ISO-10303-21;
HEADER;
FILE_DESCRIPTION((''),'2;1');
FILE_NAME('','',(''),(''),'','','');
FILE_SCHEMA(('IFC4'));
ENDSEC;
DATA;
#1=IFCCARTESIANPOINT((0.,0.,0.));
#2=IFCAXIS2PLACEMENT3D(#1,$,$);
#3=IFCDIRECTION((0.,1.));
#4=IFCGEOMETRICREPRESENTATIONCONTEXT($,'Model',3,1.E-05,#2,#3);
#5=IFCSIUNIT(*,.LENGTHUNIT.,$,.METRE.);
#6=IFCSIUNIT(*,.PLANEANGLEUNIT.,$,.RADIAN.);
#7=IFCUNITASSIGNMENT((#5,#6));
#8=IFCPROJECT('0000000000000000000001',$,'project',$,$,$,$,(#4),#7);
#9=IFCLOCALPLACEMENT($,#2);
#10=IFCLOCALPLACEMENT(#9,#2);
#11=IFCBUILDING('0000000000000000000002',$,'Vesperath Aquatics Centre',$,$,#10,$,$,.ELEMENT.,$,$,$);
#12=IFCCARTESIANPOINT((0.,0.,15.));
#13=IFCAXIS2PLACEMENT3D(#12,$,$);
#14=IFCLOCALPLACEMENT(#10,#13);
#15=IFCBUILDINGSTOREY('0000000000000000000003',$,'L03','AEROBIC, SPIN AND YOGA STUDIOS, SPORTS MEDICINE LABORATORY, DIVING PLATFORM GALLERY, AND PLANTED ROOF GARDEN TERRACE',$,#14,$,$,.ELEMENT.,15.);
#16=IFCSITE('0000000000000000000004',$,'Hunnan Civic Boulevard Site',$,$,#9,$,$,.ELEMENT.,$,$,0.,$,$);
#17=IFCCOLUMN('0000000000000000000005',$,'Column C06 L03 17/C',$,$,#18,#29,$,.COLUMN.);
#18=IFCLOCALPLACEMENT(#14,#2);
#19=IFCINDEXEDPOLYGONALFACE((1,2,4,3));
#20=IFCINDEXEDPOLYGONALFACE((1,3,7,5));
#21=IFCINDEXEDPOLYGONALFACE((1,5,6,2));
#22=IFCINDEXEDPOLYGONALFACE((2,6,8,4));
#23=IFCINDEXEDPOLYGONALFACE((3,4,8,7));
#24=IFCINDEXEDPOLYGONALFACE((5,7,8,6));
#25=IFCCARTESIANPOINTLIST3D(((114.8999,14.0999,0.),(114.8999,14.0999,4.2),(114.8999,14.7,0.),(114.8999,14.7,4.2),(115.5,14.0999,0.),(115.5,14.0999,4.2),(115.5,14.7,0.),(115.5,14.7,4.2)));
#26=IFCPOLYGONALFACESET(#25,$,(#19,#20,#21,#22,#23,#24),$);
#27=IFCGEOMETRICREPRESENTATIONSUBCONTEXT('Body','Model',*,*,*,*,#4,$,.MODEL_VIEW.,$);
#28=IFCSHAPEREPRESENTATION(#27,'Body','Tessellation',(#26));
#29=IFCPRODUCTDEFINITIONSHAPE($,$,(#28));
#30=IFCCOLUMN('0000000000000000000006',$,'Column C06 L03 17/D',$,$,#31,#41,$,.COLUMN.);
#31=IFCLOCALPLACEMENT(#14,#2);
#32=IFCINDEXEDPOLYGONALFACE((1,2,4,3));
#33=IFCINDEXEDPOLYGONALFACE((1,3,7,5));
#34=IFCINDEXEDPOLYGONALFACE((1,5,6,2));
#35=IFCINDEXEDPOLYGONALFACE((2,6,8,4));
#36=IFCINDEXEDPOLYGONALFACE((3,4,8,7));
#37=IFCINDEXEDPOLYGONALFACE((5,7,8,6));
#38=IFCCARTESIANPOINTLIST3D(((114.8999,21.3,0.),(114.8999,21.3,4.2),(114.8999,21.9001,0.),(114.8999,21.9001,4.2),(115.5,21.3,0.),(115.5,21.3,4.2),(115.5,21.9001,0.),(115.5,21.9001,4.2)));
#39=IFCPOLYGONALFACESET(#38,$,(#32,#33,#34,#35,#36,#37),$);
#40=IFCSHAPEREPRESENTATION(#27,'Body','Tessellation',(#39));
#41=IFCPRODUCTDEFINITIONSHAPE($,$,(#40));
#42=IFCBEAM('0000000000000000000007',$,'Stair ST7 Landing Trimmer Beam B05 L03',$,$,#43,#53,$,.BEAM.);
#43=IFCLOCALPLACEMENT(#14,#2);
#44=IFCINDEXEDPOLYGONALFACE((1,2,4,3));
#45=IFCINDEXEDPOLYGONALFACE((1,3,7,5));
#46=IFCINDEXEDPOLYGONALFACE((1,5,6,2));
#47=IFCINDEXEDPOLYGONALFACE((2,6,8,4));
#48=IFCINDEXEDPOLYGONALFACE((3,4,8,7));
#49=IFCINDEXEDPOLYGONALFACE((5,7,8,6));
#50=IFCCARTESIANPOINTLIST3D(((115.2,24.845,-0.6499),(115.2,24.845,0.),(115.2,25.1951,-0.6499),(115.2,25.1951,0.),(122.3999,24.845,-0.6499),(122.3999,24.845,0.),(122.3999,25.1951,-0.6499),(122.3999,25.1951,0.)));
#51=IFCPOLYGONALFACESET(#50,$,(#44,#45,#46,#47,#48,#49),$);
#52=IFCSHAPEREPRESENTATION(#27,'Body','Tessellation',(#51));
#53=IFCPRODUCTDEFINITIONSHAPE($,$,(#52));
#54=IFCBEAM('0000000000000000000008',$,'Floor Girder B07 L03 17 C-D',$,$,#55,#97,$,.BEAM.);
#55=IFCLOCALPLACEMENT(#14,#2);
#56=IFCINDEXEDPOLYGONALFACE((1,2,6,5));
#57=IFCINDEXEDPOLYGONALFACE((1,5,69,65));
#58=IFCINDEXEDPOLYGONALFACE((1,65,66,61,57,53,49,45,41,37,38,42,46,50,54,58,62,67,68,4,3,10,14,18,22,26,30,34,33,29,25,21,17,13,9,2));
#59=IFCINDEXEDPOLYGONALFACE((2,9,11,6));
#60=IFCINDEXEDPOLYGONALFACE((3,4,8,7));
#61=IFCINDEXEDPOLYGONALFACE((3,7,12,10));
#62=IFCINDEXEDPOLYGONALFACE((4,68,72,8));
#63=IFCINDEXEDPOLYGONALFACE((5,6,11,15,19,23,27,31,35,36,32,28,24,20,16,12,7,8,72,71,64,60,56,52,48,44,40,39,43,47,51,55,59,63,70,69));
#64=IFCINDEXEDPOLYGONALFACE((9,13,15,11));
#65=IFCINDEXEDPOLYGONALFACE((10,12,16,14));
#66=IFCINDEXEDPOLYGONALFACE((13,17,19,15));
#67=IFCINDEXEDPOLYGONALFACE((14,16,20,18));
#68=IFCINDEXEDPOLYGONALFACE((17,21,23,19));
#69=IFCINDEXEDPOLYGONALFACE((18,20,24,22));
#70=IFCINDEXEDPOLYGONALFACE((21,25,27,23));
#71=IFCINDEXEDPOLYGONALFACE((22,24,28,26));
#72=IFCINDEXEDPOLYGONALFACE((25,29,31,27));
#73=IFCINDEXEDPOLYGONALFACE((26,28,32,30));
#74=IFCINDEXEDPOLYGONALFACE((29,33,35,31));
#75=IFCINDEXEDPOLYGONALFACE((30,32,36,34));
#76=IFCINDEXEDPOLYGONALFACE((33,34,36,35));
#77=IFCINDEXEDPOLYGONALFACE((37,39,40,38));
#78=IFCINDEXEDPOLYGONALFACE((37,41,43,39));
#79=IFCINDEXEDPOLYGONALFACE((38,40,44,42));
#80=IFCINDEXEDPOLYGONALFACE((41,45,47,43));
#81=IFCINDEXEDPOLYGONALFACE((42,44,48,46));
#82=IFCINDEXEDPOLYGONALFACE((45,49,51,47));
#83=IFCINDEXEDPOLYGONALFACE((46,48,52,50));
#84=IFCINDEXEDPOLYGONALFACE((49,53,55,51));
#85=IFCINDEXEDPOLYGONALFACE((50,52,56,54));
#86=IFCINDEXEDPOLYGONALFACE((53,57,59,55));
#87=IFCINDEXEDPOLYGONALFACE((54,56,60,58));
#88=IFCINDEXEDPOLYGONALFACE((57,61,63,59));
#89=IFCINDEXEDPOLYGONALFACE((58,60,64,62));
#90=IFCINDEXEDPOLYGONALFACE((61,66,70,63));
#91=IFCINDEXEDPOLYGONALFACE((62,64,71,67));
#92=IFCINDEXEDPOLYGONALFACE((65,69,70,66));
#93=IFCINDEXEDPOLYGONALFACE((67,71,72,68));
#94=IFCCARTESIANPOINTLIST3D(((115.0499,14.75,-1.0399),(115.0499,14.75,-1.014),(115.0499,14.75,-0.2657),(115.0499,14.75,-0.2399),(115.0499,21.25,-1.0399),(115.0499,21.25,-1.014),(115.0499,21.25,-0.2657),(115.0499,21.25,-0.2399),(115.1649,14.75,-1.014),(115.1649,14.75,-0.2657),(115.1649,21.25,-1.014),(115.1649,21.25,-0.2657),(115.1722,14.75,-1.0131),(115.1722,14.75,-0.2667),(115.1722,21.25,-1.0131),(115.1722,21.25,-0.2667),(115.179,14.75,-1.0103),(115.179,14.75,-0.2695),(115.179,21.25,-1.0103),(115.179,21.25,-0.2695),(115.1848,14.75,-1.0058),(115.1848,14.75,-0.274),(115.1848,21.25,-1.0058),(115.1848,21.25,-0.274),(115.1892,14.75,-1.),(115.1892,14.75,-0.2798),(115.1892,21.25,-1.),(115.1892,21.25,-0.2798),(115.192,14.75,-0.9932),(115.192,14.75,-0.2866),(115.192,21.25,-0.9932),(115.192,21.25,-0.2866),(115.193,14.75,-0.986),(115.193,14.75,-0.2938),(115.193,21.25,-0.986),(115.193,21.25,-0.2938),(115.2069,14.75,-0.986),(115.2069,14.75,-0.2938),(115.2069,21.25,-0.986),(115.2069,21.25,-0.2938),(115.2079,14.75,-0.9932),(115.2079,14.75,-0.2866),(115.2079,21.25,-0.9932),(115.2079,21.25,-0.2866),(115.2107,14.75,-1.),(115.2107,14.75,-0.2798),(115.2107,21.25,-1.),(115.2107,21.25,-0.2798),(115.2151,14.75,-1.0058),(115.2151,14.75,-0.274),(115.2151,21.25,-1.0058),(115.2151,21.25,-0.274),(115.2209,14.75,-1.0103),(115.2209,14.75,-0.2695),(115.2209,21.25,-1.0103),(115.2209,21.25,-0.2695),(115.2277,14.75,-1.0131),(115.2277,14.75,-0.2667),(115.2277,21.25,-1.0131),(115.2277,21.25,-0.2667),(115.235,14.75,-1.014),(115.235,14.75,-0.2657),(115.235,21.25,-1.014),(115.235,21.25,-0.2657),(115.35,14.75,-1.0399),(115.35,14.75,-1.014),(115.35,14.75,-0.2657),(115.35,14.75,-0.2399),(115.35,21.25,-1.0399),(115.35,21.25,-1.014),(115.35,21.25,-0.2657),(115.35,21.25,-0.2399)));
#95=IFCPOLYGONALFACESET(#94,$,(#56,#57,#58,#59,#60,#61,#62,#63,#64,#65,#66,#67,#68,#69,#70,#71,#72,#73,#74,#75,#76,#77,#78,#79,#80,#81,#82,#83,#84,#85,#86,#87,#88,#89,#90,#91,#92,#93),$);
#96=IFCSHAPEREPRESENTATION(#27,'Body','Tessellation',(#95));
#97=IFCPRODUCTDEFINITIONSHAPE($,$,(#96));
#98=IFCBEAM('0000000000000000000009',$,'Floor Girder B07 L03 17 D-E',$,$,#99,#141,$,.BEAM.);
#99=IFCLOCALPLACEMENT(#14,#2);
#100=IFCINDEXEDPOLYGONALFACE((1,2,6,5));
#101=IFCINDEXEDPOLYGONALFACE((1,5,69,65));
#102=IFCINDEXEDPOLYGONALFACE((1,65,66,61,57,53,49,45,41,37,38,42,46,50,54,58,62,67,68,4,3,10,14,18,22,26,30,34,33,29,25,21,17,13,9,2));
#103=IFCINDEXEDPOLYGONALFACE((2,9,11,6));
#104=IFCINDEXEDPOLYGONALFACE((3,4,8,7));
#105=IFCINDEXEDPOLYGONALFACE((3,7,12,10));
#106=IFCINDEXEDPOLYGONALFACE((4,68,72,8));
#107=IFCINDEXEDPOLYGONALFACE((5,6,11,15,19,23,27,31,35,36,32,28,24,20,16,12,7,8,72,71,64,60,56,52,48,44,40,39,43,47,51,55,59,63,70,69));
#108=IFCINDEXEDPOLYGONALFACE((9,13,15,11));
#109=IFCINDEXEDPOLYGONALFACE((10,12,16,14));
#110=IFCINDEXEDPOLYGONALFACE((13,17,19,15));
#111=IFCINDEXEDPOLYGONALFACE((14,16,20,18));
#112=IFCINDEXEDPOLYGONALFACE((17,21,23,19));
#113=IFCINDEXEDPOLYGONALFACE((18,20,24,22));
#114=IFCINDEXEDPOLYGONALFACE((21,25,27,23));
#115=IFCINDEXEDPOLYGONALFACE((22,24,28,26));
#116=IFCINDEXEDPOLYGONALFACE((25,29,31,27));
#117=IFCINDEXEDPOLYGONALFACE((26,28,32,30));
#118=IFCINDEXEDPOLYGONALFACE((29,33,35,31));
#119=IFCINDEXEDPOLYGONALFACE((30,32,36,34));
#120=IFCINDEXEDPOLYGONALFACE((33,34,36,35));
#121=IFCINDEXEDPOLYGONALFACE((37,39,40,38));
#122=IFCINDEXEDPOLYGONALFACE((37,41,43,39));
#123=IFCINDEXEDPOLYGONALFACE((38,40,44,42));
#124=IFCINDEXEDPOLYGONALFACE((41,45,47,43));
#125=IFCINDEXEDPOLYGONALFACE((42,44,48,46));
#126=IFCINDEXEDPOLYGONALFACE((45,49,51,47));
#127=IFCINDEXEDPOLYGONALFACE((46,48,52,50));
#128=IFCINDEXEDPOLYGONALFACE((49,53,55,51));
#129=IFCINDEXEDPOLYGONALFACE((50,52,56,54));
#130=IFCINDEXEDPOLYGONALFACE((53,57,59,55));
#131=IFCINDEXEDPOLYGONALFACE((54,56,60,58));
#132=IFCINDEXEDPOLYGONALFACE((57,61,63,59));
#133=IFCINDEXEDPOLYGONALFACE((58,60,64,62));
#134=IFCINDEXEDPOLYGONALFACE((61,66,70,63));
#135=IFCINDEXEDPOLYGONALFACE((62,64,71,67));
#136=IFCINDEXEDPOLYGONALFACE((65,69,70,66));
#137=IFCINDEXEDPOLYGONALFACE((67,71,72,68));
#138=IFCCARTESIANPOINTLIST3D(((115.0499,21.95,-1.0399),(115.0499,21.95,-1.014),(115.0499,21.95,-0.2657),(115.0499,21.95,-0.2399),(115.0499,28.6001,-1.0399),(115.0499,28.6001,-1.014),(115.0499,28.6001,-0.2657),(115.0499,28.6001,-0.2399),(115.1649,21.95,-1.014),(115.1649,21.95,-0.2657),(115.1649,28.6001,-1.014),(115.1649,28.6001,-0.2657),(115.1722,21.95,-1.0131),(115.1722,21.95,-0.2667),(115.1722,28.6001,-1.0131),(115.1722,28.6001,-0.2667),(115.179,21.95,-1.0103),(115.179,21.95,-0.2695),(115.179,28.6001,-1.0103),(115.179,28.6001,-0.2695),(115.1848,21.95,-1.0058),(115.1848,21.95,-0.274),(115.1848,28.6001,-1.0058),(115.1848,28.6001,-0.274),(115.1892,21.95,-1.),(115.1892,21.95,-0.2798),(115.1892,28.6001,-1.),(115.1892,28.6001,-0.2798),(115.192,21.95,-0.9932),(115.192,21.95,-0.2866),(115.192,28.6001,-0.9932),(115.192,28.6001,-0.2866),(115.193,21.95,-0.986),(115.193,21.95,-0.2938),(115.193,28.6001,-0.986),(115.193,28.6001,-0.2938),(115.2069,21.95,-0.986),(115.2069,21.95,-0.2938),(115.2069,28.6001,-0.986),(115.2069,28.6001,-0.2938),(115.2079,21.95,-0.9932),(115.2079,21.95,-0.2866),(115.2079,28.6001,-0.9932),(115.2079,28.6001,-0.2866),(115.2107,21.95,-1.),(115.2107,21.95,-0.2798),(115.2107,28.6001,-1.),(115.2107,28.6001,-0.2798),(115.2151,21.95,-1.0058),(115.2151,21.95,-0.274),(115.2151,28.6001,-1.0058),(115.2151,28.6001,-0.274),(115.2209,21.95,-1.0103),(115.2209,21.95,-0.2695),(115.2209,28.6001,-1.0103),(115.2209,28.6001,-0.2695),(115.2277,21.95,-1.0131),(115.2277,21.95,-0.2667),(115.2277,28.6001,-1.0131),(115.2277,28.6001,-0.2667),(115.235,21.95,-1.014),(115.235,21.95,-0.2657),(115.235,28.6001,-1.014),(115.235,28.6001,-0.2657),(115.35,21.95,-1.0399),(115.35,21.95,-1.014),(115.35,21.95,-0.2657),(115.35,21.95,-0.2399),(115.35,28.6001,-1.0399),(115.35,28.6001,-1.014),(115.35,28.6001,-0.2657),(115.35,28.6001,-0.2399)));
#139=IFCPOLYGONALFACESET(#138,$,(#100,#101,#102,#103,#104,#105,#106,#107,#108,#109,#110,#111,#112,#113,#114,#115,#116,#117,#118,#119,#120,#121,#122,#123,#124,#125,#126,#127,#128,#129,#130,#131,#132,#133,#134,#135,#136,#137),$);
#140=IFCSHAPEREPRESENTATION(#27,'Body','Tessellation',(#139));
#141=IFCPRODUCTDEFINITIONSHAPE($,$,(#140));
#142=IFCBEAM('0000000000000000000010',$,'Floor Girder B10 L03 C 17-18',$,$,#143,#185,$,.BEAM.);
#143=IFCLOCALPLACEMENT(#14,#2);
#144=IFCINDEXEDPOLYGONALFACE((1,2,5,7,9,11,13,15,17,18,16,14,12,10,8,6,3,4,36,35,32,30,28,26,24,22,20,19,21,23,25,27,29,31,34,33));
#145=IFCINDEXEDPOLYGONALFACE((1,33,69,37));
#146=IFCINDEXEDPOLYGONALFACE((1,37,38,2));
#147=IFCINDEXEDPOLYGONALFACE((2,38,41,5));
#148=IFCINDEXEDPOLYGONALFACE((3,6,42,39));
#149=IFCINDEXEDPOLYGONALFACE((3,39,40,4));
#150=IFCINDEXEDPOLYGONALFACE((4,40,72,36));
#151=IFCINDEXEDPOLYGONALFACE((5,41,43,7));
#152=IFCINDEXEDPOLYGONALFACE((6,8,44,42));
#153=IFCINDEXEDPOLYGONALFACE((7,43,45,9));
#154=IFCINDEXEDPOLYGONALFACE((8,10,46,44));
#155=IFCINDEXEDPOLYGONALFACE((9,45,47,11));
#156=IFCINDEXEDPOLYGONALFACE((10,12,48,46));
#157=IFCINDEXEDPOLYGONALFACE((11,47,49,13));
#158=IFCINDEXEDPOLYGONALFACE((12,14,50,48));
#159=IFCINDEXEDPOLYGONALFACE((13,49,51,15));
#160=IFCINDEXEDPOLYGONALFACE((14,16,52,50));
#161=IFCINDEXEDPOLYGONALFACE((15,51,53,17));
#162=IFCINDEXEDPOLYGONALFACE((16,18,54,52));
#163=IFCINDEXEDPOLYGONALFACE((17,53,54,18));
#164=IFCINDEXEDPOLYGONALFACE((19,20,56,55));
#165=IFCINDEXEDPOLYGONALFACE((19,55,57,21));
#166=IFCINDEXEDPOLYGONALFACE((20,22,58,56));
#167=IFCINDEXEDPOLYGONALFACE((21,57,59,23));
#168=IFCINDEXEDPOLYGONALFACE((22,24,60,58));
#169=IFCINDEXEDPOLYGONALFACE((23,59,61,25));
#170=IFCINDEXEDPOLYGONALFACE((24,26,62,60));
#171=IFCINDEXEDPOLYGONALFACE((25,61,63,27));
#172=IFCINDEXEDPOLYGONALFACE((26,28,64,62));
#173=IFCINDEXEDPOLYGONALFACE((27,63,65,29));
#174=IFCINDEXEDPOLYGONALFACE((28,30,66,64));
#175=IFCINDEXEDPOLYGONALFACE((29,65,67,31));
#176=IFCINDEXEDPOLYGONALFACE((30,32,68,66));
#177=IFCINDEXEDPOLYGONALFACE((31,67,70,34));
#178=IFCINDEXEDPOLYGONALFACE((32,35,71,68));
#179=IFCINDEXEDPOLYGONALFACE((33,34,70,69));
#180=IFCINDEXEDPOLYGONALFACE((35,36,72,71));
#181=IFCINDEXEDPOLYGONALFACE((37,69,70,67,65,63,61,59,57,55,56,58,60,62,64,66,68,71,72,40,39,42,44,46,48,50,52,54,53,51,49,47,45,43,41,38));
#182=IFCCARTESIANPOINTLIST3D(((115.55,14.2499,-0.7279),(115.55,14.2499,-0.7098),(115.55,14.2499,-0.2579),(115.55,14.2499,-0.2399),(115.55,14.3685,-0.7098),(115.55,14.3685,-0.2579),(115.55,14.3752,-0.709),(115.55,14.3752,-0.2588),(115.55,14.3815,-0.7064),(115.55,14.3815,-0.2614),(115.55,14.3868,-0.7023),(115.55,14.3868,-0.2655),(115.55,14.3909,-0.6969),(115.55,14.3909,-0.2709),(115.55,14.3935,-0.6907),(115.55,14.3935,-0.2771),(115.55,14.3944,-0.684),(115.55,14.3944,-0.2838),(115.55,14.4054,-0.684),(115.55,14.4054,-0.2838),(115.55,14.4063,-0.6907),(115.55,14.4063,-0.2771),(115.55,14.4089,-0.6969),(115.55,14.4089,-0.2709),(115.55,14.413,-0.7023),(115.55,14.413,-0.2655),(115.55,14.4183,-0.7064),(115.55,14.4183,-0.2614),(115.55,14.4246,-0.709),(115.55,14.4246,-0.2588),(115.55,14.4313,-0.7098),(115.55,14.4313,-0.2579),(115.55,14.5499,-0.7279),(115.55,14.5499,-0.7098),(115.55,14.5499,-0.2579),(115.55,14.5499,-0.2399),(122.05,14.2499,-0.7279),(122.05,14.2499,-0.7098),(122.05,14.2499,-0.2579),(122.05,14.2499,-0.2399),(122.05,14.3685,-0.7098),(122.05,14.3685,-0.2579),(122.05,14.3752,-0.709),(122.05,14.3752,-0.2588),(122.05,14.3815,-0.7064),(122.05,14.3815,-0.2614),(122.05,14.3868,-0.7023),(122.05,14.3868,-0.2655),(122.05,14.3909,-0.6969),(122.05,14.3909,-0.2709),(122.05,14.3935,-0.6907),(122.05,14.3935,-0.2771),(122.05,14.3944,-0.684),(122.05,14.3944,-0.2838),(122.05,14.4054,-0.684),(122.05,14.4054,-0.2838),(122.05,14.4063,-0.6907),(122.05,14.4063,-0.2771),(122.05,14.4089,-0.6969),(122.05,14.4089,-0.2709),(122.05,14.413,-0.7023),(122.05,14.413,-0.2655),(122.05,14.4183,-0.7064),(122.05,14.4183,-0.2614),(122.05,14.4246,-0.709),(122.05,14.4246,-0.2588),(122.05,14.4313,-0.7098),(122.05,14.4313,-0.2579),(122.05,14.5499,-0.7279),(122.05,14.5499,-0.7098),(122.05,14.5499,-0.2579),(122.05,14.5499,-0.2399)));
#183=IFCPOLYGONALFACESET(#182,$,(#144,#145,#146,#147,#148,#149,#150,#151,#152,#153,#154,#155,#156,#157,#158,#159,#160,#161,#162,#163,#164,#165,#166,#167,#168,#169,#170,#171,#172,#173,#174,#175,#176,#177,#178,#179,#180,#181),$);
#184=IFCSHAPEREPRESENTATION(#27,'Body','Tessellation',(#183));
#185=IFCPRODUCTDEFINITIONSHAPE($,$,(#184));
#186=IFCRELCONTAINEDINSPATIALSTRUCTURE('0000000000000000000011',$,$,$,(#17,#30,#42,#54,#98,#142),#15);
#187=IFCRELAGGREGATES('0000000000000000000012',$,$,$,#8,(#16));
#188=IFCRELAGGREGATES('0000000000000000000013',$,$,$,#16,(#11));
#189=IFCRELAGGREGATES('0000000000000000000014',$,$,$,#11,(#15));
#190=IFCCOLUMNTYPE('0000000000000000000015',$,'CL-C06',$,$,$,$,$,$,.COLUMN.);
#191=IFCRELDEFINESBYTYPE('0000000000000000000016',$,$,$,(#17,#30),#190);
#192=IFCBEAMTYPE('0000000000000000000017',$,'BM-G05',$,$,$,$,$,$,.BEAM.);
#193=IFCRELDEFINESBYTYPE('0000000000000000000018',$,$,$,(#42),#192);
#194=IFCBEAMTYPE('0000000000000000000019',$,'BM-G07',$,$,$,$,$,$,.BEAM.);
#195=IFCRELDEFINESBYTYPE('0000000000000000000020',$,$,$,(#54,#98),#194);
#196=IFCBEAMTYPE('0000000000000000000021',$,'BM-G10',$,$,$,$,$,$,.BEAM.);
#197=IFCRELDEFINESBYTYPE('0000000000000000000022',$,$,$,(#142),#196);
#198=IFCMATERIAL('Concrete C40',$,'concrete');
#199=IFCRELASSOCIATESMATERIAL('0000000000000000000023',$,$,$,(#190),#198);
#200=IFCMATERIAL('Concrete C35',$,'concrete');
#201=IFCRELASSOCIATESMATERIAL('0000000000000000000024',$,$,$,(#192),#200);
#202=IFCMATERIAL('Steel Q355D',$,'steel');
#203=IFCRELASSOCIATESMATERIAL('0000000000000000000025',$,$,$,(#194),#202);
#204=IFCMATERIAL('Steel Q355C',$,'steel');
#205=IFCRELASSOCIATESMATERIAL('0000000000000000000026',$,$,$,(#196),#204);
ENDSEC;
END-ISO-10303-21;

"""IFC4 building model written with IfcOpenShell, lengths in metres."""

from ifc_helpers import new_model, si_unit, direction, frame, origin, origin_2d, place, context, subcontext, project, spatial, rectangle, i_section, extrude, material, material_profile, profile_set, type_object, element, save


model = new_model("IFC4")

# Units and contexts
model_context = context("Model", 3, precision=1e-05, world=origin(), true_north=direction((0.0, 1.0)))
body_context = subcontext(model_context, "Body", "Model", "MODEL_VIEW")
ifc_project = project(units=[si_unit("LENGTHUNIT", "METRE"), si_unit("PLANEANGLEUNIT", "RADIAN")], contexts=[model_context])

# Site, building, storey
site_placement = place(None, origin())
site = spatial("IfcSite", under=ifc_project, at=site_placement, Name="Hunnan Civic Boulevard Site", CompositionType="ELEMENT", RefElevation=0.0)
building_placement = place(site_placement, origin())
building = spatial("IfcBuilding", under=site, at=building_placement, Name="Vesperath Aquatics Centre", CompositionType="ELEMENT")
storey_placement = place(building_placement, frame((0.0, 0.0, 15.0)))
storey = spatial("IfcBuildingStorey", under=building, at=storey_placement, Name="L03", Description="AEROBIC, SPIN AND YOGA STUDIOS, SPORTS MEDICINE LABORATORY, DIVING PLATFORM GALLERY, AND PLANTED ROOF GARDEN TERRACE", CompositionType="ELEMENT", Elevation=15.0)

# Columns
ifc_material_1 = material(Name="Concrete C40", Category="concrete")
ifc_material_profile_1 = material_profile(ifc_material_1, rectangle(XDim=0.6001, YDim=0.6001, at=origin_2d()), Name="RC 600x600")
ifc_profile_set_1 = profile_set([ifc_material_profile_1], Name="Concrete C40")
column_type = type_object("IfcColumnType", Name="CL-C06", PredefinedType="COLUMN", material=ifc_profile_set_1)
for number, where, z_axis, x_axis, name in (
    (1, (115.2, 14.3999, 0.0), (0.0, 0.0, 1.0), (1.0, 0.0, 0.0), "Column C06 L03 17/C"),
    (2, (115.2, 21.6001, 0.0), (0.0, 0.0, 1.0), (1.0, 0.0, 0.0), "Column C06 L03 17/D"),
):
    element("IfcColumn", number, at=place(storey_placement, frame(where, z_axis=z_axis, x_axis=x_axis)), inside=storey, type_object=column_type, Name=name, PredefinedType="COLUMN", context=body_context, shape_type="SweptSolid", body=[
        extrude(rectangle(XDim=0.6001, YDim=0.6001, at=origin_2d()), origin(), (0.0, 0.0, 1.0), 4.2),
    ])

# Beams
ifc_material_2 = material(Name="Concrete C35", Category="concrete")
ifc_material_profile_2 = material_profile(ifc_material_2, rectangle(XDim=0.3501, YDim=0.6499, at=origin_2d()), Name="RC 350x650")
ifc_profile_set_2 = profile_set([ifc_material_profile_2], Name="Concrete C35")
beam_type_1 = type_object("IfcBeamType", Name="BM-G05", PredefinedType="BEAM", material=ifc_profile_set_2)
beam_1_placement = place(storey_placement, frame((115.2, 25.02, -0.325), z_axis=(1.0, 0.0, 0.0), x_axis=(0.0, 1.0, 0.0)))
element("IfcBeam", 3, at=beam_1_placement, inside=storey, type_object=beam_type_1, Name="Stair ST7 Landing Trimmer Beam B05 L03", PredefinedType="BEAM", context=body_context, shape_type="SweptSolid", body=[
    extrude(rectangle(XDim=0.3501, YDim=0.6499, at=origin_2d()), origin(), (0.0, 0.0, 1.0), 7.2),
])
ifc_material_3 = material(Name="Steel Q355D", Category="steel")
ifc_material_profile_3 = material_profile(ifc_material_3, i_section(OverallWidth=0.3, OverallDepth=0.8, WebThickness=0.0139, FlangeThickness=0.0259, FilletRadius=0.0281, at=origin_2d()), Name="HN 800x300x14x26")
ifc_profile_set_3 = profile_set([ifc_material_profile_3], Name="Steel Q355D")
beam_type_2 = type_object("IfcBeamType", Name="BM-G07", PredefinedType="BEAM", material=ifc_profile_set_3)
beam_2_placement = place(storey_placement, frame((115.2, 14.75, -0.6399), z_axis=(0.0, 1.0, 0.0), x_axis=(-1.0, 0.0, 0.0)))
element("IfcBeam", 4, at=beam_2_placement, inside=storey, type_object=beam_type_2, Name="Floor Girder B07 L03 17 C-D", PredefinedType="BEAM", context=body_context, shape_type="SweptSolid", body=[
    extrude(i_section(OverallWidth=0.3, OverallDepth=0.8, WebThickness=0.0139, FlangeThickness=0.0259, FilletRadius=0.0281, at=origin_2d()), origin(), (0.0, 0.0, 1.0), 6.5),
])
beam_3_placement = place(storey_placement, frame((115.2, 21.95, -0.6399), z_axis=(0.0, 1.0, 0.0), x_axis=(-1.0, 0.0, 0.0)))
element("IfcBeam", 5, at=beam_3_placement, inside=storey, type_object=beam_type_2, Name="Floor Girder B07 L03 17 D-E", PredefinedType="BEAM", context=body_context, shape_type="SweptSolid", body=[
    extrude(i_section(OverallWidth=0.3, OverallDepth=0.8, WebThickness=0.0139, FlangeThickness=0.0259, FilletRadius=0.0281, at=origin_2d()), origin(), (0.0, 0.0, 1.0), 6.6501),
])
ifc_material_4 = material(Name="Steel Q355C", Category="steel")
ifc_material_profile_4 = material_profile(ifc_material_4, i_section(OverallWidth=0.3, OverallDepth=0.488, WebThickness=0.011, FlangeThickness=0.0181, FilletRadius=0.0259, at=origin_2d()), Name="HM 488x300x11x18")
ifc_profile_set_4 = profile_set([ifc_material_profile_4], Name="Steel Q355C")
beam_type_3 = type_object("IfcBeamType", Name="BM-G10", PredefinedType="BEAM", material=ifc_profile_set_4)
beam_4_placement = place(storey_placement, frame((115.55, 14.3999, -0.4839), z_axis=(1.0, 0.0, 0.0), x_axis=(0.0, 1.0, 0.0)))
element("IfcBeam", 6, at=beam_4_placement, inside=storey, type_object=beam_type_3, Name="Floor Girder B10 L03 C 17-18", PredefinedType="BEAM", context=body_context, shape_type="SweptSolid", body=[
    extrude(i_section(OverallWidth=0.3, OverallDepth=0.488, WebThickness=0.011, FlangeThickness=0.0181, FilletRadius=0.0259, at=origin_2d()), origin(), (0.0, 0.0, 1.0), 6.5),
])

save(model, "model.ifc")
